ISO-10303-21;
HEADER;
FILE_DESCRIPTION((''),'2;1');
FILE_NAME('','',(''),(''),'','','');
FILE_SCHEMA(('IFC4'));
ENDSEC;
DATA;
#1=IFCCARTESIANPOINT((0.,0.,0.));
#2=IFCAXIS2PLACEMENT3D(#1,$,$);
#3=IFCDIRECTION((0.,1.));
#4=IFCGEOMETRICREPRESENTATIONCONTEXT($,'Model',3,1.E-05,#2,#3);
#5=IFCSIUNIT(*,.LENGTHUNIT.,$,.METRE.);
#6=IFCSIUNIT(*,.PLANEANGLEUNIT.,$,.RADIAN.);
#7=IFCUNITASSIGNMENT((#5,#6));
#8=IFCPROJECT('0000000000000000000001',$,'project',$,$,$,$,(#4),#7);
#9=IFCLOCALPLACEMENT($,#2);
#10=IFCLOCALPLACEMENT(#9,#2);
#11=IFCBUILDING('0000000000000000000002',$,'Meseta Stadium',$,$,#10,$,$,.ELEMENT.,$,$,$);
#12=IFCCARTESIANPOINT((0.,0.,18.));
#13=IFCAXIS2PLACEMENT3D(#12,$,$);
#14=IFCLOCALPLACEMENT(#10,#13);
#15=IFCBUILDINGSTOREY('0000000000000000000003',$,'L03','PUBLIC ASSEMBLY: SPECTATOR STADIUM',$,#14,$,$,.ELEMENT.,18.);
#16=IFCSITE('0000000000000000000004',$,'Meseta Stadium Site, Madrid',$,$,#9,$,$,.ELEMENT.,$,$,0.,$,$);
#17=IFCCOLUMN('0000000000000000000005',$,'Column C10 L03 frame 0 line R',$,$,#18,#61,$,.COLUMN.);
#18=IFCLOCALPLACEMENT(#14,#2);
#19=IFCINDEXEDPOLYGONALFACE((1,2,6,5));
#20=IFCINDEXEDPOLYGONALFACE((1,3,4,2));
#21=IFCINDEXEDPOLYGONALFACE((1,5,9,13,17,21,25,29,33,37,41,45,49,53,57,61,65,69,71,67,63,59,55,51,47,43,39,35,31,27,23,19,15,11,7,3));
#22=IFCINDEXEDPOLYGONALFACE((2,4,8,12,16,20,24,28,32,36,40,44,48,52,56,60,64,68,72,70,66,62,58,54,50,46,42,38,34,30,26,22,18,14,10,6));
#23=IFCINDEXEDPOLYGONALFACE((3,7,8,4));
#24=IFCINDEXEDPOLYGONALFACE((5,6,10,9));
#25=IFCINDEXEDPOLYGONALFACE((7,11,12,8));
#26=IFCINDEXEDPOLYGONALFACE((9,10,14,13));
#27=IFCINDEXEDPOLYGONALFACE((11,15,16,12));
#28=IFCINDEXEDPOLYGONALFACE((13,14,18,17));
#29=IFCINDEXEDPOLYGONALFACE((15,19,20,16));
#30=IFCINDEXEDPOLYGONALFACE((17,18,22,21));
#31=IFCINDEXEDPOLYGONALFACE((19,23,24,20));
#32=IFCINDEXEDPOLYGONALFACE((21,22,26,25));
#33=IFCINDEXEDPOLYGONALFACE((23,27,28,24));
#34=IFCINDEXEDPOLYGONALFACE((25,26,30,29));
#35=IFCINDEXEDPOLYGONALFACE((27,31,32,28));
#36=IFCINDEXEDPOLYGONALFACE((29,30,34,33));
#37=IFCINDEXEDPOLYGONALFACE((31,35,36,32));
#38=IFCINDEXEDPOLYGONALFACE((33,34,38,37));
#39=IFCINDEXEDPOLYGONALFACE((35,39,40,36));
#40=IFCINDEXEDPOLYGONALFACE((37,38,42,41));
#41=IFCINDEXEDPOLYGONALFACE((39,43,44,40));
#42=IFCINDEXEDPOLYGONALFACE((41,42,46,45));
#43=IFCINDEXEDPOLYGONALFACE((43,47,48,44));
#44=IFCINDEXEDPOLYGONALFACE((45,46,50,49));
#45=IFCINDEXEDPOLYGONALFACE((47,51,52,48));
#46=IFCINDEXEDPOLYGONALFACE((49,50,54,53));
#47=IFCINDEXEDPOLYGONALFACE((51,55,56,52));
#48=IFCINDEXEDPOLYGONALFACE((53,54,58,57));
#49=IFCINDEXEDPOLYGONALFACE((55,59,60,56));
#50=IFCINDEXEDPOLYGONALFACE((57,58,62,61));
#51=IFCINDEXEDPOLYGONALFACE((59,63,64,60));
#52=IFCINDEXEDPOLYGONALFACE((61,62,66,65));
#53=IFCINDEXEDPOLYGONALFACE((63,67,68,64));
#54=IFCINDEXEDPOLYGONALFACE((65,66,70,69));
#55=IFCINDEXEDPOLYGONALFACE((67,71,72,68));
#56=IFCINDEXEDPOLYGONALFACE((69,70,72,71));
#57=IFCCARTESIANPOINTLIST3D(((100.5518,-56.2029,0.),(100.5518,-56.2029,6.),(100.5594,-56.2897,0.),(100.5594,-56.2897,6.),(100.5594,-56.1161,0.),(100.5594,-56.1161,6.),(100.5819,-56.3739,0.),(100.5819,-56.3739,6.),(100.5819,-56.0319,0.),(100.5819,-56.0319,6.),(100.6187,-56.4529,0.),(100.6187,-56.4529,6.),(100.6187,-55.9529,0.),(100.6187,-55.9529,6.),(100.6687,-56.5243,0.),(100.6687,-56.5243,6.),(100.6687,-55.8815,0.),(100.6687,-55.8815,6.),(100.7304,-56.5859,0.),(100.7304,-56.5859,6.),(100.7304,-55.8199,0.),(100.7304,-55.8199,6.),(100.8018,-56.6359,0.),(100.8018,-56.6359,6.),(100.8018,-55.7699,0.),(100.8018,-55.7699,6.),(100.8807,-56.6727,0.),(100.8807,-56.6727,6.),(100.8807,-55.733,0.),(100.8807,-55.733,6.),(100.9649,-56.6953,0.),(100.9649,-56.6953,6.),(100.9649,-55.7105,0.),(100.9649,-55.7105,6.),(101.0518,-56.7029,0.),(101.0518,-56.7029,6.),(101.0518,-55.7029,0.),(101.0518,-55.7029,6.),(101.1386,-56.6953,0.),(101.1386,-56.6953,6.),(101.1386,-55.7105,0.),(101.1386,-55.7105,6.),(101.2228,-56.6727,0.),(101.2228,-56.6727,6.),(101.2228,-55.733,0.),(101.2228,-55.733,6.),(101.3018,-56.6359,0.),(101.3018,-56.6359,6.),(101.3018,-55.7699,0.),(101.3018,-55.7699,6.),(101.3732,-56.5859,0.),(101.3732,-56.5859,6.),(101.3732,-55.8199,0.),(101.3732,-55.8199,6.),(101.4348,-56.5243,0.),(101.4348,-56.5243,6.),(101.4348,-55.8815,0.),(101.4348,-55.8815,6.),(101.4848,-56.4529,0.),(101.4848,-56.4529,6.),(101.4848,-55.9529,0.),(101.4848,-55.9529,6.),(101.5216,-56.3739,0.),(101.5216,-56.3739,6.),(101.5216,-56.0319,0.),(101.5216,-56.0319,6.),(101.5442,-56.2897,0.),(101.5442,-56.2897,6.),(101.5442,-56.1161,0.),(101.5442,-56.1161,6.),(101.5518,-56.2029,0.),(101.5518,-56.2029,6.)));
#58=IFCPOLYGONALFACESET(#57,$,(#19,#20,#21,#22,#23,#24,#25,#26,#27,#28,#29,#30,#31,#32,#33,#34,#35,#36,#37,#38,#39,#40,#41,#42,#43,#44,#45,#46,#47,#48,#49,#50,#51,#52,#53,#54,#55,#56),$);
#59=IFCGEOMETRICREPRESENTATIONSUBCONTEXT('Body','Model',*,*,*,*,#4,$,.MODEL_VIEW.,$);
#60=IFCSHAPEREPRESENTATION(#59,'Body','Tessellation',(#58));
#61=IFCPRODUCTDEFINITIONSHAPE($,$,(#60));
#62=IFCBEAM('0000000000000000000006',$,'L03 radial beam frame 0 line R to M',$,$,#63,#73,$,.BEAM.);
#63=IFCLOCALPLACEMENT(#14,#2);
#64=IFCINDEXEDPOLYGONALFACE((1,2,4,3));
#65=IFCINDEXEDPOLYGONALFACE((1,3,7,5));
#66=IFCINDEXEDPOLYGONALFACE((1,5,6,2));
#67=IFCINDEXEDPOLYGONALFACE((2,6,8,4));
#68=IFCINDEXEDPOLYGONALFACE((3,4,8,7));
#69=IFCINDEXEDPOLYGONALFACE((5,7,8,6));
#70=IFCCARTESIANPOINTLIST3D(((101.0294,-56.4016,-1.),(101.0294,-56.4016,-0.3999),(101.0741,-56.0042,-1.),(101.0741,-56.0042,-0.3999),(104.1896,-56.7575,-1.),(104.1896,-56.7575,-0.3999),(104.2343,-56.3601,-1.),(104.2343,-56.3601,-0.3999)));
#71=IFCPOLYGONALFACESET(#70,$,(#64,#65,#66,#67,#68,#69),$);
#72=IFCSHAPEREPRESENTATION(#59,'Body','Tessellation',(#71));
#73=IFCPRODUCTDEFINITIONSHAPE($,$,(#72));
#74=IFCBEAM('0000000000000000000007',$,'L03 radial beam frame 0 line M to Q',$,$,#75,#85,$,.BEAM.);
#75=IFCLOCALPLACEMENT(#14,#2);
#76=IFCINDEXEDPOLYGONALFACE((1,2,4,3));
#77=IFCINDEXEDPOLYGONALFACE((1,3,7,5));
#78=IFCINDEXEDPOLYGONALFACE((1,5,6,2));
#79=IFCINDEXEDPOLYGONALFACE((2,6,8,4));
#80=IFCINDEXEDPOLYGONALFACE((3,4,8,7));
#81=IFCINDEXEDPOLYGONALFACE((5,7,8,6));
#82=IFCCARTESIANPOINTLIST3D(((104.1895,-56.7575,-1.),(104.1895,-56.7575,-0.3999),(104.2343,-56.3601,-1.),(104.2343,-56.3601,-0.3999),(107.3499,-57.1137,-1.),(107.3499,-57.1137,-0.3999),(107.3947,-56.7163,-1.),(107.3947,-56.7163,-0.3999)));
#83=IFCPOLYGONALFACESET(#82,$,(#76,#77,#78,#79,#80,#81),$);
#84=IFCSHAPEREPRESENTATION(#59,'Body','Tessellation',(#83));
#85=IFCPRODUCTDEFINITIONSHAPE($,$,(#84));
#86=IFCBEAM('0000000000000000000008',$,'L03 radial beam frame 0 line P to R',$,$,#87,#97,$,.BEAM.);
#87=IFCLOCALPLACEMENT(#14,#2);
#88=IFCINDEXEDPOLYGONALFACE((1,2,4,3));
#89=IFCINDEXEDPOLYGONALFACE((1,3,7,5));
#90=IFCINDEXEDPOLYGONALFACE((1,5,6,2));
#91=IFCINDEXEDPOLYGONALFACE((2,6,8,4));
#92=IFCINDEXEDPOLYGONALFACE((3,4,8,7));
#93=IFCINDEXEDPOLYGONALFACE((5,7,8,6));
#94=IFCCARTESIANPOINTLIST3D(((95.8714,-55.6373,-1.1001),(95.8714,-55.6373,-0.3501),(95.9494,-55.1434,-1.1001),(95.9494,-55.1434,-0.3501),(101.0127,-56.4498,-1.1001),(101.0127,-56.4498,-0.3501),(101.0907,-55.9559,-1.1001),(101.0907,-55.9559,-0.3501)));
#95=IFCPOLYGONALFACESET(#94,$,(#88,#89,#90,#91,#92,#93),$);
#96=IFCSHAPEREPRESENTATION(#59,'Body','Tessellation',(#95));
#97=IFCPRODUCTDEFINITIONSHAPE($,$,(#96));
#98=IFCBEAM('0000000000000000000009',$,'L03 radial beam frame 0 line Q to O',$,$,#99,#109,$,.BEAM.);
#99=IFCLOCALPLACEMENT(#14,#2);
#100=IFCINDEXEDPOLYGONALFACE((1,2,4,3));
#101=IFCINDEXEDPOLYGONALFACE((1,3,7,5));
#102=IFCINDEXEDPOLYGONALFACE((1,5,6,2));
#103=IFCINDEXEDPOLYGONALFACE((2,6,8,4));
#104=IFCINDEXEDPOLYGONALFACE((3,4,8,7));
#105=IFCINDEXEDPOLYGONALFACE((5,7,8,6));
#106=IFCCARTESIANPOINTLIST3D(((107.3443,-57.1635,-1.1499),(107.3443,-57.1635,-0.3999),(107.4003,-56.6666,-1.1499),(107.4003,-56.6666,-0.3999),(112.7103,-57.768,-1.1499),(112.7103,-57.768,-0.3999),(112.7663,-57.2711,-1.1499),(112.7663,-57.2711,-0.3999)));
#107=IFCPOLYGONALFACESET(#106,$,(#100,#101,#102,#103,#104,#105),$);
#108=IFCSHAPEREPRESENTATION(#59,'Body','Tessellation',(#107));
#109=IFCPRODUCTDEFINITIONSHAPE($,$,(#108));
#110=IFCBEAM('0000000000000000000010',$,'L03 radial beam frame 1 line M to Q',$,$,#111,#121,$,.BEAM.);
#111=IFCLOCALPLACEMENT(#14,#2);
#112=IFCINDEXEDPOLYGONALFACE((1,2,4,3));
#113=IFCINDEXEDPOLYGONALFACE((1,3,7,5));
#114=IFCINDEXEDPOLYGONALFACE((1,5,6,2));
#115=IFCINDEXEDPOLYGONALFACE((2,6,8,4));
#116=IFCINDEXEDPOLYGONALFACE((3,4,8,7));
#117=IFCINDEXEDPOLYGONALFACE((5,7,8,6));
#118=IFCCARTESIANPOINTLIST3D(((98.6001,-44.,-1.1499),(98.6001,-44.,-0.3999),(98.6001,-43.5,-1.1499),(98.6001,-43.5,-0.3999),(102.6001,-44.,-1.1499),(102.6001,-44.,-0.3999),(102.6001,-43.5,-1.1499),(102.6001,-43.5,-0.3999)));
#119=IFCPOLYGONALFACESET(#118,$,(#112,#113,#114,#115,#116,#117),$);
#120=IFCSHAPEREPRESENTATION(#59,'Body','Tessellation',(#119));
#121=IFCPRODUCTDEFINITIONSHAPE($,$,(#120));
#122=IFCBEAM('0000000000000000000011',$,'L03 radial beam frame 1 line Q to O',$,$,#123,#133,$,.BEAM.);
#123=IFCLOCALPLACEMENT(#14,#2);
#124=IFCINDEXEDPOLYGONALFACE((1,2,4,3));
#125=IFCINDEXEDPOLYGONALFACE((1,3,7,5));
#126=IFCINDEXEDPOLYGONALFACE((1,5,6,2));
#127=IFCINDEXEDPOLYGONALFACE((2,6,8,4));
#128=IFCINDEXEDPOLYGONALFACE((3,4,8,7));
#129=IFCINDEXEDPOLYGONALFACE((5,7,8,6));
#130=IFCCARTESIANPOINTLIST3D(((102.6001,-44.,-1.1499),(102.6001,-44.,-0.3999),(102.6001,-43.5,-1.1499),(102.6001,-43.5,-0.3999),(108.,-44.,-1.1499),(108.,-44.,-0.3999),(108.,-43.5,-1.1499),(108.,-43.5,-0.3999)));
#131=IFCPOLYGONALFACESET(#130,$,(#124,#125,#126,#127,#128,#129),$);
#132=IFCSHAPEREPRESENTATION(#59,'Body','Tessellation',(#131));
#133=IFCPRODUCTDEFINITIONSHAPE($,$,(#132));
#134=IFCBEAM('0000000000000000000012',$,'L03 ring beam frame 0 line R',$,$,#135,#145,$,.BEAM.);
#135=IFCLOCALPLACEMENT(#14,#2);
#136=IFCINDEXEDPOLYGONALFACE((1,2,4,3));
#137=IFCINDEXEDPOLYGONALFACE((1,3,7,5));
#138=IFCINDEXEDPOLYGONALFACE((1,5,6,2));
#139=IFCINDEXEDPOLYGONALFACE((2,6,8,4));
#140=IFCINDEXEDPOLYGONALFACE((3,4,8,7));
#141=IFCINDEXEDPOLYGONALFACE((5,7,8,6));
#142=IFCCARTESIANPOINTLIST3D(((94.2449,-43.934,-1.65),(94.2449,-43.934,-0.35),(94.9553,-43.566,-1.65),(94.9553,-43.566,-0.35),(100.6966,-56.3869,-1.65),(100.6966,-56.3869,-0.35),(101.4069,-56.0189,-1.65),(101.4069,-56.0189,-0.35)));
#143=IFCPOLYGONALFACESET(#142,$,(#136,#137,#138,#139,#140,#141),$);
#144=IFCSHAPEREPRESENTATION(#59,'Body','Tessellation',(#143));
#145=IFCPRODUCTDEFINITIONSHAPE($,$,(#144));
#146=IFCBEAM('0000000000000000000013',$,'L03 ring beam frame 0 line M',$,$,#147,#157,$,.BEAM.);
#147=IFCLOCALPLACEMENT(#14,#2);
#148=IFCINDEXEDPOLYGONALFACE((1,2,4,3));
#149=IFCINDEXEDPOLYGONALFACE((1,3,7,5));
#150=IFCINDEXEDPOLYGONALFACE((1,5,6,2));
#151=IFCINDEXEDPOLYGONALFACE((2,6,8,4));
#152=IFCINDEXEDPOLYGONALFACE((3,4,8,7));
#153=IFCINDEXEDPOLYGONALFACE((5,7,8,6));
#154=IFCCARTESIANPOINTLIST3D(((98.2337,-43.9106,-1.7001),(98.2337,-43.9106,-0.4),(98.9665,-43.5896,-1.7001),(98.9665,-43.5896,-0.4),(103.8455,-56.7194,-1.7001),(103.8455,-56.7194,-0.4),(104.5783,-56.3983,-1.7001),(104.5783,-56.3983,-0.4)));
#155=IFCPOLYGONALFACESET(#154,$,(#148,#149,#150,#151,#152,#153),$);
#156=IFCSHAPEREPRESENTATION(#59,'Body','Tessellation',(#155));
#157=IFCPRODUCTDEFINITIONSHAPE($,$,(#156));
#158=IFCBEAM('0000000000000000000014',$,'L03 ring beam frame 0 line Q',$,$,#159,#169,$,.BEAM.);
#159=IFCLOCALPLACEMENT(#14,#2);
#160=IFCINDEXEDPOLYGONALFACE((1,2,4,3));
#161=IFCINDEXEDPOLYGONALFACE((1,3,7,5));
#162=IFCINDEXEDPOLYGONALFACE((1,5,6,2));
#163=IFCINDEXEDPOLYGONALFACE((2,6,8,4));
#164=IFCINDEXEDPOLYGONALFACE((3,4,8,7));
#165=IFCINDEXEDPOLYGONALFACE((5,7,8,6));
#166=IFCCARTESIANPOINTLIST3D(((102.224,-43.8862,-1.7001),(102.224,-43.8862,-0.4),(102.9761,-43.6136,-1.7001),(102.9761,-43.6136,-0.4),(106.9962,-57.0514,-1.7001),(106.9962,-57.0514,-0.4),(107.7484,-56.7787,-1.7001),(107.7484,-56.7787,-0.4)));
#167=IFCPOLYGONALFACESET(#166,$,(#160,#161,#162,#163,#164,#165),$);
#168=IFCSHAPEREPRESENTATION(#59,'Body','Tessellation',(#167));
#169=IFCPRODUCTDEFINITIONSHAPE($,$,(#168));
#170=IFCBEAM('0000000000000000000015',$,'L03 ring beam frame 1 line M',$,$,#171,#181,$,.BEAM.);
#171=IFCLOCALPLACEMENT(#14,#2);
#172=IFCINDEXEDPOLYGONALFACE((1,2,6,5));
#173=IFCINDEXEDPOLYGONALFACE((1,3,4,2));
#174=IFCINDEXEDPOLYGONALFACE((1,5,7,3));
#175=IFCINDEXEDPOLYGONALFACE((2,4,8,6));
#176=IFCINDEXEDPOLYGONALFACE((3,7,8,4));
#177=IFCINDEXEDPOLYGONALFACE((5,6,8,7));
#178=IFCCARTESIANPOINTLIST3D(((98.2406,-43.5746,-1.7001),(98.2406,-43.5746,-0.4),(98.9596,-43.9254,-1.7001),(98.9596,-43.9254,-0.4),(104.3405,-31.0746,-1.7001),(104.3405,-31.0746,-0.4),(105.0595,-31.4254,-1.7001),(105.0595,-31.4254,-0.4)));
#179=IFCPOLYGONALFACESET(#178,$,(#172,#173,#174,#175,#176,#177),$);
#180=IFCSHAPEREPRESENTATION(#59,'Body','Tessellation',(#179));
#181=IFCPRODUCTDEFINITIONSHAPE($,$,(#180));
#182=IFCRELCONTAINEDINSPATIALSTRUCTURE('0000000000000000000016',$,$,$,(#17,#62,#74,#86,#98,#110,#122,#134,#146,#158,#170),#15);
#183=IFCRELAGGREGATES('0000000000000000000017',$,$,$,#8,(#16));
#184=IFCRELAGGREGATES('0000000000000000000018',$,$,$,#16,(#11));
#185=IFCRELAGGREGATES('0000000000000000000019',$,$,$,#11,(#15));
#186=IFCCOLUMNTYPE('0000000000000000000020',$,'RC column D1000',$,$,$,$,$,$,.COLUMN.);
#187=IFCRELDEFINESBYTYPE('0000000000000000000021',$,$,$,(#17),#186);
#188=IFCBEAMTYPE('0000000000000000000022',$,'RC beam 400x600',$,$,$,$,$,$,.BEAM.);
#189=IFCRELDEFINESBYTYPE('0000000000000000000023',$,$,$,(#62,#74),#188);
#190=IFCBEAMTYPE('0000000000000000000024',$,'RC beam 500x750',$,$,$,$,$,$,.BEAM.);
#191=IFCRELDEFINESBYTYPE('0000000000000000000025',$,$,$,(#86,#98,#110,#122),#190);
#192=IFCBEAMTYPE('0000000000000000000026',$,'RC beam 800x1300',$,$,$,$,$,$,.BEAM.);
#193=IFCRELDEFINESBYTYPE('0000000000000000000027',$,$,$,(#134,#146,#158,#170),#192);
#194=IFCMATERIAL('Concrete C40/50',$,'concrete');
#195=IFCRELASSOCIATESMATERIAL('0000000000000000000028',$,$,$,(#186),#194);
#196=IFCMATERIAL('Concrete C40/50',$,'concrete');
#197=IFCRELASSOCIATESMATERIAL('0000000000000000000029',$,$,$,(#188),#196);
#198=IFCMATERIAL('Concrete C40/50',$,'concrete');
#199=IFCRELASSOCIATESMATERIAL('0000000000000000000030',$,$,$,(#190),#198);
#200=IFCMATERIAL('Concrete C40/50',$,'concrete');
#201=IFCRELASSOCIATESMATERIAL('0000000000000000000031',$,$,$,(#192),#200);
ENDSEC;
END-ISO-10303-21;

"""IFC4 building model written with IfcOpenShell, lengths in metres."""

from ifc_helpers import new_model, si_unit, direction, frame, origin, origin_2d, place, context, subcontext, project, spatial, rectangle, circle, extrude, material, material_profile, profile_set, type_object, element, save


model = new_model("IFC4")

# Units and contexts
model_context = context("Model", 3, precision=1e-05, world=origin(), true_north=direction((0.0, 1.0)))
body_context = subcontext(model_context, "Body", "Model", "MODEL_VIEW")
ifc_project = project(units=[si_unit("LENGTHUNIT", "METRE"), si_unit("PLANEANGLEUNIT", "RADIAN")], contexts=[model_context])

# Site, building, storey
site_placement = place(None, origin())
site = spatial("IfcSite", under=ifc_project, at=site_placement, Name="Meseta Stadium Site, Madrid", CompositionType="ELEMENT", RefElevation=0.0)
building_placement = place(site_placement, origin())
building = spatial("IfcBuilding", under=site, at=building_placement, Name="Meseta Stadium", CompositionType="ELEMENT")
storey_placement = place(building_placement, frame((0.0, 0.0, 18.0)))
storey = spatial("IfcBuildingStorey", under=building, at=storey_placement, Name="L03", Description="PUBLIC ASSEMBLY: SPECTATOR STADIUM", CompositionType="ELEMENT", Elevation=18.0)

# Column
ifc_material_1 = material(Name="Concrete C40/50", Category="concrete")
ifc_material_profile_1 = material_profile(ifc_material_1, circle(Radius=0.5, at=origin_2d()), Name="RC D1000")
ifc_profile_set_1 = profile_set([ifc_material_profile_1], Name="Concrete C40/50")
column_type = type_object("IfcColumnType", Name="RC column D1000", PredefinedType="COLUMN", material=ifc_profile_set_1)
column_placement = place(storey_placement, frame((101.0518, -56.2029, 0.0), z_axis=(0.0, 0.0, 1.0), x_axis=(1.0, 0.0, 0.0)))
element("IfcColumn", 1, at=column_placement, inside=storey, type_object=column_type, Name="Column C10 L03 frame 0 line R", PredefinedType="COLUMN", context=body_context, shape_type="SweptSolid", body=[
    extrude(circle(Radius=0.5, at=origin_2d()), origin(), (0.0, 0.0, 1.0), 6.0),
])

# Beams
ifc_material_2 = material(Name="Concrete C40/50", Category="concrete")
ifc_material_profile_2 = material_profile(ifc_material_2, rectangle(XDim=0.3999, YDim=0.6001, at=origin_2d()), Name="RC 400x600")
ifc_profile_set_2 = profile_set([ifc_material_profile_2], Name="Concrete C40/50")
beam_type_1 = type_object("IfcBeamType", Name="RC beam 400x600", PredefinedType="BEAM", material=ifc_profile_set_2)
beam_1_placement = place(storey_placement, frame((101.0518, -56.2029, -0.7), z_axis=(0.993716, -0.111931, 0.0), x_axis=(0.111931, 0.993716, 0.0)))
element("IfcBeam", 2, at=beam_1_placement, inside=storey, type_object=beam_type_1, Name="L03 radial beam frame 0 line R to M", PredefinedType="BEAM", context=body_context, shape_type="SweptSolid", body=[
    extrude(rectangle(XDim=0.3999, YDim=0.6001, at=origin_2d()), origin(), (0.0, 0.0, 1.0), 3.1802),
])
beam_2_placement = place(storey_placement, frame((104.2119, -56.5588, -0.7), z_axis=(0.993708, -0.111998, 0.0), x_axis=(0.111998, 0.993708, 0.0)))
element("IfcBeam", 3, at=beam_2_placement, inside=storey, type_object=beam_type_1, Name="L03 radial beam frame 0 line M to Q", PredefinedType="BEAM", context=body_context, shape_type="SweptSolid", body=[
    extrude(rectangle(XDim=0.3999, YDim=0.6001, at=origin_2d()), origin(), (0.0, 0.0, 1.0), 3.1804),
])
ifc_material_3 = material(Name="Concrete C40/50", Category="concrete")
ifc_material_profile_3 = material_profile(ifc_material_3, rectangle(XDim=0.5, YDim=0.75, at=origin_2d()), Name="RC 500x750")
ifc_profile_set_3 = profile_set([ifc_material_profile_3], Name="Concrete C40/50")
beam_type_2 = type_object("IfcBeamType", Name="RC beam 500x750", PredefinedType="BEAM", material=ifc_profile_set_3)
beam_3_placement = place(storey_placement, frame((95.9104, -55.3904, -0.7251), z_axis=(0.987742, -0.156095, 0.0), x_axis=(0.156095, 0.987742, 0.0)))
element("IfcBeam", 4, at=beam_3_placement, inside=storey, type_object=beam_type_2, Name="L03 radial beam frame 0 line P to R", PredefinedType="BEAM", context=body_context, shape_type="SweptSolid", body=[
    extrude(rectangle(XDim=0.5, YDim=0.75, at=origin_2d()), origin(), (0.0, 0.0, 1.0), 5.2051),
])
beam_4_placement = place(storey_placement, frame((107.3723, -56.915, -0.7749), z_axis=(0.993714, -0.111945, 0.0), x_axis=(0.111945, 0.993714, 0.0)))
element("IfcBeam", 5, at=beam_4_placement, inside=storey, type_object=beam_type_2, Name="L03 radial beam frame 0 line Q to O", PredefinedType="BEAM", context=body_context, shape_type="SweptSolid", body=[
    extrude(rectangle(XDim=0.5, YDim=0.75, at=origin_2d()), origin(), (0.0, 0.0, 1.0), 5.3999),
])
beam_5_placement = place(storey_placement, frame((98.6001, -43.75, -0.7749), z_axis=(1.0, 0.0, 0.0), x_axis=(0.0, 1.0, 0.0)))
element("IfcBeam", 6, at=beam_5_placement, inside=storey, type_object=beam_type_2, Name="L03 radial beam frame 1 line M to Q", PredefinedType="BEAM", context=body_context, shape_type="SweptSolid", body=[
    extrude(rectangle(XDim=0.5, YDim=0.75, at=origin_2d()), origin(), (0.0, 0.0, 1.0), 4.0),
])
beam_6_placement = place(storey_placement, frame((102.6001, -43.75, -0.7749), z_axis=(1.0, 0.0, 0.0), x_axis=(0.0, 1.0, 0.0)))
element("IfcBeam", 7, at=beam_6_placement, inside=storey, type_object=beam_type_2, Name="L03 radial beam frame 1 line Q to O", PredefinedType="BEAM", context=body_context, shape_type="SweptSolid", body=[
    extrude(rectangle(XDim=0.5, YDim=0.75, at=origin_2d()), origin(), (0.0, 0.0, 1.0), 5.3999),
])
ifc_material_4 = material(Name="Concrete C40/50", Category="concrete")
ifc_material_profile_4 = material_profile(ifc_material_4, rectangle(XDim=0.8, YDim=1.3, at=origin_2d()), Name="RC 800x1300")
ifc_profile_set_4 = profile_set([ifc_material_profile_4], Name="Concrete C40/50")
beam_type_3 = type_object("IfcBeamType", Name="RC beam 800x1300", PredefinedType="BEAM", material=ifc_profile_set_4)
beam_7_placement = place(storey_placement, frame((101.0518, -56.2029, -1.0), z_axis=(-0.460014, 0.887912, 0.0), x_axis=(-0.887912, -0.460014, 0.0)))
element("IfcBeam", 8, at=beam_7_placement, inside=storey, type_object=beam_type_3, Name="L03 ring beam frame 0 line R", PredefinedType="BEAM", context=body_context, shape_type="SweptSolid", body=[
    extrude(rectangle(XDim=0.8, YDim=1.3, at=origin_2d()), origin(), (0.0, 0.0, 1.0), 14.0249),
])
beam_8_placement = place(storey_placement, frame((104.2119, -56.5588, -1.05), z_axis=(-0.401296, 0.915948, 0.0), x_axis=(-0.915948, -0.401296, 0.0)))
element("IfcBeam", 9, at=beam_8_placement, inside=storey, type_object=beam_type_3, Name="L03 ring beam frame 0 line M", PredefinedType="BEAM", context=body_context, shape_type="SweptSolid", body=[
    extrude(rectangle(XDim=0.8, YDim=1.3, at=origin_2d()), origin(), (0.0, 0.0, 1.0), 13.9841),
])
beam_9_placement = place(storey_placement, frame((107.3723, -56.915, -1.05), z_axis=(-0.340792, 0.940139, 0.0), x_axis=(-0.940139, -0.340792, 0.0)))
element("IfcBeam", 10, at=beam_9_placement, inside=storey, type_object=beam_type_3, Name="L03 ring beam frame 0 line Q", PredefinedType="BEAM", context=body_context, shape_type="SweptSolid", body=[
    extrude(rectangle(XDim=0.8, YDim=1.3, at=origin_2d()), origin(), (0.0, 0.0, 1.0), 14.0034),
])
beam_10_placement = place(storey_placement, frame((98.6001, -43.75, -1.05), z_axis=(0.438557, 0.898703, 0.0), x_axis=(-0.898703, 0.438557, 0.0)))
element("IfcBeam", 11, at=beam_10_placement, inside=storey, type_object=beam_type_3, Name="L03 ring beam frame 1 line M", PredefinedType="BEAM", context=body_context, shape_type="SweptSolid", body=[
    extrude(rectangle(XDim=0.8, YDim=1.3, at=origin_2d()), origin(), (0.0, 0.0, 1.0), 13.9089),
])

save(model, "model.ifc")
